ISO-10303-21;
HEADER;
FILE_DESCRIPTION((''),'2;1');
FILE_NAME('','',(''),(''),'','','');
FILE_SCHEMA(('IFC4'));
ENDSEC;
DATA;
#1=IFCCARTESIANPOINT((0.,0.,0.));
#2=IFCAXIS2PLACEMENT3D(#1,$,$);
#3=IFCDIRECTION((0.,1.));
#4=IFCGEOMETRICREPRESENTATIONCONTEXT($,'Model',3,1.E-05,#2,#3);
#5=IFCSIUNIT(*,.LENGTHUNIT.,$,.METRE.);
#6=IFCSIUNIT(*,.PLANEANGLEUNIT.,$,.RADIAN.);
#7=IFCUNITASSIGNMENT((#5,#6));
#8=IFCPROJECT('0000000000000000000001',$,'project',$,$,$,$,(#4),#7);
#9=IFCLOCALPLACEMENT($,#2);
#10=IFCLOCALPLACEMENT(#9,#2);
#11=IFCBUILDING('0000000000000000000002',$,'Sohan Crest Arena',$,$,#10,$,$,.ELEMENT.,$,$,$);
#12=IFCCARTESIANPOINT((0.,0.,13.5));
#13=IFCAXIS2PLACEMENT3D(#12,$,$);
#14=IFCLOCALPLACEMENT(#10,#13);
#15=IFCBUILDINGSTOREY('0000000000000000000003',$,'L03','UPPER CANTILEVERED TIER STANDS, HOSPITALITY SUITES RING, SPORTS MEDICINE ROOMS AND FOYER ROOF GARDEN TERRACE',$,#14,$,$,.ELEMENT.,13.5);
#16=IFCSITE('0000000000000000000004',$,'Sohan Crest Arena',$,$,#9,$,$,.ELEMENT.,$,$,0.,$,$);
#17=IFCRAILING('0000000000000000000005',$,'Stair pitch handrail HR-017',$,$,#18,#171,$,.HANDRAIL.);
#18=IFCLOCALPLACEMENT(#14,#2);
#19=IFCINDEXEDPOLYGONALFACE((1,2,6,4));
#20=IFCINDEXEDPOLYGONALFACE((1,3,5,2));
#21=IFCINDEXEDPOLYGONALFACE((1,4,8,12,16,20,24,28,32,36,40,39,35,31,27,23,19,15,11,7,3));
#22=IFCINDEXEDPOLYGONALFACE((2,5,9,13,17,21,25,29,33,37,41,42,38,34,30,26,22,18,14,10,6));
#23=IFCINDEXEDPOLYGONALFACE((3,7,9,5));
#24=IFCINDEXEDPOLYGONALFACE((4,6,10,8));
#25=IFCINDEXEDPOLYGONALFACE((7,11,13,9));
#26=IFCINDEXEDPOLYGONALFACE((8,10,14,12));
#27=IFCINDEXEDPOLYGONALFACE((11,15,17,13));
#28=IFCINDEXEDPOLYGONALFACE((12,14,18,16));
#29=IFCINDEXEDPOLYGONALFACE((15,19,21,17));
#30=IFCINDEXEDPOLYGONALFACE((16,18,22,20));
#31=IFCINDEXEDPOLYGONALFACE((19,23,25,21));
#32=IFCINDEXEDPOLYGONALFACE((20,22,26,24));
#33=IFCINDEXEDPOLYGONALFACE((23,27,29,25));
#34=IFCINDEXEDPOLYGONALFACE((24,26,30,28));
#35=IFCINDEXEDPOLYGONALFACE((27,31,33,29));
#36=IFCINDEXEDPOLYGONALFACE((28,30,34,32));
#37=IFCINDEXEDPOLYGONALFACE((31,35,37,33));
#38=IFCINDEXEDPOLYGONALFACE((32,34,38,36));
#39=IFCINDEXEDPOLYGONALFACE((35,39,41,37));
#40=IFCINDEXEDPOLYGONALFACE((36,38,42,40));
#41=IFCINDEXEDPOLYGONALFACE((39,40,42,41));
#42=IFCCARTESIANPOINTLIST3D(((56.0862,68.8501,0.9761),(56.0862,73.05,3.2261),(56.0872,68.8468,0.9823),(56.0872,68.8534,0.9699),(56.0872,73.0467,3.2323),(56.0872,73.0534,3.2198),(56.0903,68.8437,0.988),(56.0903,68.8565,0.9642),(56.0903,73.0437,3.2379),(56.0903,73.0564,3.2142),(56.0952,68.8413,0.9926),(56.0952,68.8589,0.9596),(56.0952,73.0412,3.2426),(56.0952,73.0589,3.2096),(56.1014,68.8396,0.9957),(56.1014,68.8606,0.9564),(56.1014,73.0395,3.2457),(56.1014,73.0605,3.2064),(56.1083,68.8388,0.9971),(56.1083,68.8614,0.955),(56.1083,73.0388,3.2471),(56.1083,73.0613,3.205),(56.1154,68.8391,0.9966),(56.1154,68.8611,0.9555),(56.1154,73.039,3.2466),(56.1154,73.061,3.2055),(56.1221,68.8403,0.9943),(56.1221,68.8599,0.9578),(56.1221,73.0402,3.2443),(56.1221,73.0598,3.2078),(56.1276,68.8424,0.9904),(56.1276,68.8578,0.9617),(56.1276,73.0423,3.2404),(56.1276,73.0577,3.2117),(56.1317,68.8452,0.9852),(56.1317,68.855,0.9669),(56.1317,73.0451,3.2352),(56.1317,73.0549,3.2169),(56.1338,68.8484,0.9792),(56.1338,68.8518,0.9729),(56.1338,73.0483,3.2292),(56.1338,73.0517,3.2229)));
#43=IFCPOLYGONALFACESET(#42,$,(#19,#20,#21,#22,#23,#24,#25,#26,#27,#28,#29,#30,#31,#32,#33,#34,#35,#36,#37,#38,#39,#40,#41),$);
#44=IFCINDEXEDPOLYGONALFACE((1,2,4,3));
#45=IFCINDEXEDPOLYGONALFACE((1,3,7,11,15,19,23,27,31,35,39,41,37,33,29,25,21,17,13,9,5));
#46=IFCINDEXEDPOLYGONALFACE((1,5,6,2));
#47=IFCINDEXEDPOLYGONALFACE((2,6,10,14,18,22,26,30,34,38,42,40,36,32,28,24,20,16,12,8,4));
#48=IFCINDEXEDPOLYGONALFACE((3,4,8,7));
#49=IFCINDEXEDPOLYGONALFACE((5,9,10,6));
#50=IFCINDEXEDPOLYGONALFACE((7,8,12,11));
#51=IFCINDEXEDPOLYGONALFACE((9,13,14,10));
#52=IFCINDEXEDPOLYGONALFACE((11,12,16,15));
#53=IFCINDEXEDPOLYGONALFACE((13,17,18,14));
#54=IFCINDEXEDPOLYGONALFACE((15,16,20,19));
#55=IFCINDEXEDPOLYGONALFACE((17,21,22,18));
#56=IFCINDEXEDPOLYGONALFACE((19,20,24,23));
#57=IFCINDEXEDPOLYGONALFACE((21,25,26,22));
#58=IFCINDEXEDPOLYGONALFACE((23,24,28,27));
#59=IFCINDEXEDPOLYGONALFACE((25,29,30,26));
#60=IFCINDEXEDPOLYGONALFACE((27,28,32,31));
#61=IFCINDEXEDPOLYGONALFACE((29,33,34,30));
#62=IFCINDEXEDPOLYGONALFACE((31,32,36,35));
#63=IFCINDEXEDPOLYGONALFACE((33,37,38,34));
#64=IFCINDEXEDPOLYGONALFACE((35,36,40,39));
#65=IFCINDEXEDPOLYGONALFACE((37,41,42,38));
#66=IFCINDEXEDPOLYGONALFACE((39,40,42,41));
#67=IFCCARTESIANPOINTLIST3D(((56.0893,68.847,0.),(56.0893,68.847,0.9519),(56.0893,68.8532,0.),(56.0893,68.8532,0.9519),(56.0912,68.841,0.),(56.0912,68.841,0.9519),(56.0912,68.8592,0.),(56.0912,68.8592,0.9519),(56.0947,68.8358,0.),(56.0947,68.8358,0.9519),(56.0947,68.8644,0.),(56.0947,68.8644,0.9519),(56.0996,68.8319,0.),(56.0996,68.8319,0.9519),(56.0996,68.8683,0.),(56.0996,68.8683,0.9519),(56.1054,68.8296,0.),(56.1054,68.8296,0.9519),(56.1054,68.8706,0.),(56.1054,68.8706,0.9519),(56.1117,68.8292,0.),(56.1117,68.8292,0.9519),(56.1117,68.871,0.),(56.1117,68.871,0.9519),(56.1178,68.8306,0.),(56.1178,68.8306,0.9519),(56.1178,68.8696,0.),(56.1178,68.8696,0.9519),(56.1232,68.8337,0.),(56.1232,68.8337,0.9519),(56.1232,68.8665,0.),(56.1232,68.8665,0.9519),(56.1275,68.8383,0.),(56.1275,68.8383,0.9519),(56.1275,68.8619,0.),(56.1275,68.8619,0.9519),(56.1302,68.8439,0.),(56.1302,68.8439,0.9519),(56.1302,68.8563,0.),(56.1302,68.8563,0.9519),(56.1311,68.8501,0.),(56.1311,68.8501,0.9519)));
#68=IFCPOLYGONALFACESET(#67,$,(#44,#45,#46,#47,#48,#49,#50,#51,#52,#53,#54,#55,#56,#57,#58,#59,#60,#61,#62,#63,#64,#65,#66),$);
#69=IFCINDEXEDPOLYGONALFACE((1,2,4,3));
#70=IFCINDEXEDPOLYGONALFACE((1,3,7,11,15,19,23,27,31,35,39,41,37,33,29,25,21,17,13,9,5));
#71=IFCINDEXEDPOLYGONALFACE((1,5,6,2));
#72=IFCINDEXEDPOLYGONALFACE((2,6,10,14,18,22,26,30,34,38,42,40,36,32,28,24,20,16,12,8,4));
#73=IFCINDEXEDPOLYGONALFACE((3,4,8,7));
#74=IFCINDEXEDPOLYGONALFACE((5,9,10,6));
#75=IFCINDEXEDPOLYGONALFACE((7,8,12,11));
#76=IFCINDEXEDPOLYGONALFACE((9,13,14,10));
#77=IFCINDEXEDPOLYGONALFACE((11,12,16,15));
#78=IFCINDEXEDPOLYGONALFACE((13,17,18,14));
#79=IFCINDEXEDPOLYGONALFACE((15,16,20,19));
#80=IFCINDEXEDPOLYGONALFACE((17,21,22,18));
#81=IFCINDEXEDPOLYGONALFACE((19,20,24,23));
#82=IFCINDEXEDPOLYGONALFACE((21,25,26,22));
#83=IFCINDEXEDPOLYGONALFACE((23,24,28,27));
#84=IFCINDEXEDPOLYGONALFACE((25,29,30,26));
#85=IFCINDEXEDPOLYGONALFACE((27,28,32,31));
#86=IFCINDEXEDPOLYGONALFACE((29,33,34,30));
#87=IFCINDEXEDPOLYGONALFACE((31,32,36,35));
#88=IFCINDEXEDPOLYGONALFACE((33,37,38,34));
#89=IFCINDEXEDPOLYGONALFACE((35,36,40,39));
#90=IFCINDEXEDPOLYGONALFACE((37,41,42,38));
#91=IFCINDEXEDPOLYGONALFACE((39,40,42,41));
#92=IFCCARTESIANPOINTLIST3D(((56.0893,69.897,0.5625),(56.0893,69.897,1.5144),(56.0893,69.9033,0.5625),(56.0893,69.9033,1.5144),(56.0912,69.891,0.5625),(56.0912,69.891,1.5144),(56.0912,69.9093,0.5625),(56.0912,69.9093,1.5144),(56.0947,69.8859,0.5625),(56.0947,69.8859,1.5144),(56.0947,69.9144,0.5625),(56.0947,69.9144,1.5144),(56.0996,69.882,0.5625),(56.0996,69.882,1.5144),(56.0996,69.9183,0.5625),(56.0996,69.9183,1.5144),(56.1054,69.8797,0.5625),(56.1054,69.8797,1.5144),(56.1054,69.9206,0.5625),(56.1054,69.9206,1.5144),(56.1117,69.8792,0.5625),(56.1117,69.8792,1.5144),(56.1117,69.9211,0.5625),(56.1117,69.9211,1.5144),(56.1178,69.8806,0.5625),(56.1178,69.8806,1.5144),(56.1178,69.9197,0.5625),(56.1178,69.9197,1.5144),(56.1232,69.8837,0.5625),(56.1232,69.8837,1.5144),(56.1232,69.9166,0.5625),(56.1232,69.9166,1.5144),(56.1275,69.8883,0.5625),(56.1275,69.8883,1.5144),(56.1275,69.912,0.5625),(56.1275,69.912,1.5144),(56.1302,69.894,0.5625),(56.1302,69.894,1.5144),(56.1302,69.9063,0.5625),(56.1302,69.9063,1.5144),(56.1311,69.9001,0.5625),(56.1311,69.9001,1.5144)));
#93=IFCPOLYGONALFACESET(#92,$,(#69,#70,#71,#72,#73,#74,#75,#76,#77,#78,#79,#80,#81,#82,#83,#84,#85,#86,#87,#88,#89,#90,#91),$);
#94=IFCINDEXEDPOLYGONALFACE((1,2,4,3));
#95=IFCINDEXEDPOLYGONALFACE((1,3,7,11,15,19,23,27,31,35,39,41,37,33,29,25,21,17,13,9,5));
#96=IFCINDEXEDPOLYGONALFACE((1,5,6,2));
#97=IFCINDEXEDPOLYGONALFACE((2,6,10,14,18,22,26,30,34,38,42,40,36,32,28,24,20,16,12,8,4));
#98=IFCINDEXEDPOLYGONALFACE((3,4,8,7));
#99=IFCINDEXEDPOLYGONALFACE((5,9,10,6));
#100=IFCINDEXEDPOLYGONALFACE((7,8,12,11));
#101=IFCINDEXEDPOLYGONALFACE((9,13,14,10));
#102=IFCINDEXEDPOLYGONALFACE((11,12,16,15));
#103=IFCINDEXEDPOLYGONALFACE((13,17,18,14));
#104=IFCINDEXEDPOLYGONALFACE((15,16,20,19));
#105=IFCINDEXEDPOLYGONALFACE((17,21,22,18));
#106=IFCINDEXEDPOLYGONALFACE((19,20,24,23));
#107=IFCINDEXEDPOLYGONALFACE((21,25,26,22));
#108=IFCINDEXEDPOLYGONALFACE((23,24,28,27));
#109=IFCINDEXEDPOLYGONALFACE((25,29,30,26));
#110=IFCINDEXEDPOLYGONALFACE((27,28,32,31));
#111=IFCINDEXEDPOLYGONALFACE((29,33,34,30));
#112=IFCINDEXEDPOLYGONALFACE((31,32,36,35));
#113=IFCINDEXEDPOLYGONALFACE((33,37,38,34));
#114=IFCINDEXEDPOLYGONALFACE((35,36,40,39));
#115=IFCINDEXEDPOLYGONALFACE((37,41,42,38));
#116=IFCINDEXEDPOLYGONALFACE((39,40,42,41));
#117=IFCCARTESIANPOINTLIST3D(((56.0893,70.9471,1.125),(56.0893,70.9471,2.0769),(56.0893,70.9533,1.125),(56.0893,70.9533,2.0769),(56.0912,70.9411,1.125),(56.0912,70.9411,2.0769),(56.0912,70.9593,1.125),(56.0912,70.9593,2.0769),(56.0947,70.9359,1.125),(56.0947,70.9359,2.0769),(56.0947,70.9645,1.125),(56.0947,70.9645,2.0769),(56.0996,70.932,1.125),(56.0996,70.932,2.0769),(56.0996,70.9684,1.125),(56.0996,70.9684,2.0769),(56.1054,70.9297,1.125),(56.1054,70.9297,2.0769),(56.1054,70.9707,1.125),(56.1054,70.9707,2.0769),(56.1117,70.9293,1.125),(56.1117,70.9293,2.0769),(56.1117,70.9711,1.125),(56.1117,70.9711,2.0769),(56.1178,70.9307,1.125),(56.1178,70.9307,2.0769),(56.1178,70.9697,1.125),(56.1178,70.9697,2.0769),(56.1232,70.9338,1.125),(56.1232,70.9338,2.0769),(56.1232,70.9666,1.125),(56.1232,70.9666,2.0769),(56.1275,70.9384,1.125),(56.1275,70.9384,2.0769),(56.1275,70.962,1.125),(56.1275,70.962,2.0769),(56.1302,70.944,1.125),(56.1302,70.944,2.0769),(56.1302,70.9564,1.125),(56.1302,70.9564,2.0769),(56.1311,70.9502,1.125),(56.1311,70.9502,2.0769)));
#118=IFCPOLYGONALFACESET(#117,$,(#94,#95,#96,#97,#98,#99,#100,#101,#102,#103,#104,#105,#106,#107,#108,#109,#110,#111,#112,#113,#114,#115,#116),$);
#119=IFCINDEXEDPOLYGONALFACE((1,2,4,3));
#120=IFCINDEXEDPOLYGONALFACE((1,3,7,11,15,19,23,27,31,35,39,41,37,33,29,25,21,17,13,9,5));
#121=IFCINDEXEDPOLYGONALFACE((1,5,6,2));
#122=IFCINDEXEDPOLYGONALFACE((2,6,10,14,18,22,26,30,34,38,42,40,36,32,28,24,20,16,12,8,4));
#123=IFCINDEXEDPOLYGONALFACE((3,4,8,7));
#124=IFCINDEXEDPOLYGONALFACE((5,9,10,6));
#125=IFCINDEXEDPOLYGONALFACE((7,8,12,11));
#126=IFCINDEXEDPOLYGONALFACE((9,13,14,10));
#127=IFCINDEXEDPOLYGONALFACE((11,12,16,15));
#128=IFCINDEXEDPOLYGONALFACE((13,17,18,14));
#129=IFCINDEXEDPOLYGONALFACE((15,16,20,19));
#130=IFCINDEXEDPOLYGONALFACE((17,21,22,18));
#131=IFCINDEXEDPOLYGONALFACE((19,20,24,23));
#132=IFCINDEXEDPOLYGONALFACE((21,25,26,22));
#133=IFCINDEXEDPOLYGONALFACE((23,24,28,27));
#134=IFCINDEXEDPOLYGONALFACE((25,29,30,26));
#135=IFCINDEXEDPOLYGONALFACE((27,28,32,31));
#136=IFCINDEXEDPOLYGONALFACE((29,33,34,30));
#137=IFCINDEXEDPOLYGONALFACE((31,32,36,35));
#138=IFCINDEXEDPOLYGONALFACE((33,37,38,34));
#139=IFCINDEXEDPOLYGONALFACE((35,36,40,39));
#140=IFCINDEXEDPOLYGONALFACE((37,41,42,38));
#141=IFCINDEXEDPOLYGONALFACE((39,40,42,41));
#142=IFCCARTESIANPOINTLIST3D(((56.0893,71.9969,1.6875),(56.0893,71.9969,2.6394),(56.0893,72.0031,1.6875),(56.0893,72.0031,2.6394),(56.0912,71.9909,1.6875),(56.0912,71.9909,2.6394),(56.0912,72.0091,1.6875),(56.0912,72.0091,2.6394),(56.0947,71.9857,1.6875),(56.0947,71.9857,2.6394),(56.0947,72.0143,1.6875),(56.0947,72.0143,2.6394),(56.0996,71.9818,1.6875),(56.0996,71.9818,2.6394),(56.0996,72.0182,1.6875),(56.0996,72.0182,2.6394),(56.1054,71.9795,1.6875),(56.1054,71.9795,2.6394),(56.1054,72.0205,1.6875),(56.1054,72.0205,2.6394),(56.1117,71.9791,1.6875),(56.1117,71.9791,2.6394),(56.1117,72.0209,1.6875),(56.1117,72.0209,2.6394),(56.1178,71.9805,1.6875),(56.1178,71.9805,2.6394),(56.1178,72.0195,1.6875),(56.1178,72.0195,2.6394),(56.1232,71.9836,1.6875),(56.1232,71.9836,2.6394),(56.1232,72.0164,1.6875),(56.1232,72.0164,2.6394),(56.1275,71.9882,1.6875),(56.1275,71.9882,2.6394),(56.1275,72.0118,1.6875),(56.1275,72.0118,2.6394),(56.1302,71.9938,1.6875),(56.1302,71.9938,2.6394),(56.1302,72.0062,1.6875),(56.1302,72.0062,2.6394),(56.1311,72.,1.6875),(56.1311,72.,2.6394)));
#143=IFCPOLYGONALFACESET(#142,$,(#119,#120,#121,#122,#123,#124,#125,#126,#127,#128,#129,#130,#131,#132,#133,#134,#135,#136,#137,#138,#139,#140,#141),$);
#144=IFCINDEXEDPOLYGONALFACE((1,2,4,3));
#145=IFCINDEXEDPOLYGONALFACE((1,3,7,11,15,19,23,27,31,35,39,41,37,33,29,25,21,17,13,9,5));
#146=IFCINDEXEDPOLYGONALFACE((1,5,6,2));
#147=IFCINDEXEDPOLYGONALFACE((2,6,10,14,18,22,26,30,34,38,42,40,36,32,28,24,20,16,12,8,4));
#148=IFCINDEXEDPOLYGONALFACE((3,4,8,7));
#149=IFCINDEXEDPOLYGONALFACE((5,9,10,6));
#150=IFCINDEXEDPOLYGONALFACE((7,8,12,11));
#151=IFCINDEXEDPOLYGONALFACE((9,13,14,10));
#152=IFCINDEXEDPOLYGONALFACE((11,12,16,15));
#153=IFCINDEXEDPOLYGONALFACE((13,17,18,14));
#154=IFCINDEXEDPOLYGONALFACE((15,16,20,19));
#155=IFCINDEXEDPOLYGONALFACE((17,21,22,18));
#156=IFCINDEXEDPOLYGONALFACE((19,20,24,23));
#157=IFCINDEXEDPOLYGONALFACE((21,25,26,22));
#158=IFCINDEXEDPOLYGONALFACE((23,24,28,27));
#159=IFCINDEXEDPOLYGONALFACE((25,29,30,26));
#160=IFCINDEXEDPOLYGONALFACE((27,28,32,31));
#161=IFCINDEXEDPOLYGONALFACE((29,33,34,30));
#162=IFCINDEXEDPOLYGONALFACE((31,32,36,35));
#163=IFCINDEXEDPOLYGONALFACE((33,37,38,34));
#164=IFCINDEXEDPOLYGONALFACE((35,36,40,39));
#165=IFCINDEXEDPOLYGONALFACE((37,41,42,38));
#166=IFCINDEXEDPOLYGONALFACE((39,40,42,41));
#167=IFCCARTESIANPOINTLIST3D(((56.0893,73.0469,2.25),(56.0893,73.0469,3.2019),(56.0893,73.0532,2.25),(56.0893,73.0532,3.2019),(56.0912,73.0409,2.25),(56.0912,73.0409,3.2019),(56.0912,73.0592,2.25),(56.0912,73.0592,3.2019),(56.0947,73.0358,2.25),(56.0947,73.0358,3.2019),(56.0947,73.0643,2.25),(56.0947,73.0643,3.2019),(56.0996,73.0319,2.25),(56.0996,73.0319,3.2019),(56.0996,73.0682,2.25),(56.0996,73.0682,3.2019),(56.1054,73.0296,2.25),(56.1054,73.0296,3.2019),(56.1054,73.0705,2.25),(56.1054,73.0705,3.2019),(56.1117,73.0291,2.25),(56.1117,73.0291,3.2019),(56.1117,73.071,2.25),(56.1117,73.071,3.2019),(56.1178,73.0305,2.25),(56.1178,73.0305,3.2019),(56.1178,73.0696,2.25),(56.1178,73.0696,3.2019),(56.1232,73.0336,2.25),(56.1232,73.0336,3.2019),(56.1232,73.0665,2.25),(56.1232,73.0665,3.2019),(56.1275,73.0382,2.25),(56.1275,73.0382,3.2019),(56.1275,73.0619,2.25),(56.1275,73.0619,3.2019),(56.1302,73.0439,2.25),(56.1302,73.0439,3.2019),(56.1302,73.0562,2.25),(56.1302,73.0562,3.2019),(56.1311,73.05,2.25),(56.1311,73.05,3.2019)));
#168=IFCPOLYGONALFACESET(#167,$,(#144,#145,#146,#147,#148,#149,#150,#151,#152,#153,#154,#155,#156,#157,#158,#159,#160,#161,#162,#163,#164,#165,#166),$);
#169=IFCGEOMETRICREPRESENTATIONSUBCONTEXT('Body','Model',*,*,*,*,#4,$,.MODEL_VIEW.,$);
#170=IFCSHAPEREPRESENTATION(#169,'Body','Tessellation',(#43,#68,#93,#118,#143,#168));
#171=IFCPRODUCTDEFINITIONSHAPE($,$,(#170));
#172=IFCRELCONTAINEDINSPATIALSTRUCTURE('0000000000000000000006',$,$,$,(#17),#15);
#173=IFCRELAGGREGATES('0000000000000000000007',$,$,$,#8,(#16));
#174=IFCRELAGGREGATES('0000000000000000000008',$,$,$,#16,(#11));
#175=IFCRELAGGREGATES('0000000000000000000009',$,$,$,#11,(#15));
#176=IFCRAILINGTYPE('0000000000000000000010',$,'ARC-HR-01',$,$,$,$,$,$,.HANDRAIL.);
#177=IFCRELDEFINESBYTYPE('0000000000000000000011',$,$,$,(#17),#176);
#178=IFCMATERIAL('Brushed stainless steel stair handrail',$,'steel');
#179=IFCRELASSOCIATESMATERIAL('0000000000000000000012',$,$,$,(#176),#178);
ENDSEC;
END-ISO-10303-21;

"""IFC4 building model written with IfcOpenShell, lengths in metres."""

from ifc_helpers import new_model, si_unit, direction, frame, origin, origin_2d, place, context, subcontext, project, spatial, circle, extrude, material, type_object, element, save


model = new_model("IFC4")

# Units and contexts
model_context = context("Model", 3, precision=1e-05, world=origin(), true_north=direction((0.0, 1.0)))
body_context = subcontext(model_context, "Body", "Model", "MODEL_VIEW")
ifc_project = project(units=[si_unit("LENGTHUNIT", "METRE"), si_unit("PLANEANGLEUNIT", "RADIAN")], contexts=[model_context])

# Site, building, storey
site_placement = place(None, origin())
site = spatial("IfcSite", under=ifc_project, at=site_placement, Name="Sohan Crest Arena", CompositionType="ELEMENT", RefElevation=0.0)
building_placement = place(site_placement, origin())
building = spatial("IfcBuilding", under=site, at=building_placement, Name="Sohan Crest Arena", CompositionType="ELEMENT")
storey_placement = place(building_placement, frame((0.0, 0.0, 13.5)))
storey = spatial("IfcBuildingStorey", under=building, at=storey_placement, Name="L03", Description="UPPER CANTILEVERED TIER STANDS, HOSPITALITY SUITES RING, SPORTS MEDICINE ROOMS AND FOYER ROOF GARDEN TERRACE", CompositionType="ELEMENT", Elevation=13.5)

# Railing
ifc_material_1 = material(Name="Brushed stainless steel stair handrail", Category="steel")
railing_type_1 = type_object("IfcRailingType", Name="ARC-HR-01", PredefinedType="HANDRAIL", material=ifc_material_1)
for number, where, name in (
    (1, (56.1101, 68.8501, 0.0), "Stair pitch handrail HR-017"),
):
    element("IfcRailing", number, at=place(storey_placement, frame(where)), inside=storey, type_object=railing_type_1, Name=name, PredefinedType="HANDRAIL", context=body_context, shape_type="SweptSolid", body=[
        extrude(circle(Radius=0.0239, at=origin_2d()), frame((0.0, 0.0, 0.9761), z_axis=(0.0, 0.881478, 0.472226), x_axis=(-1.0, 0.0, 0.0)), (0.0, 0.0, 1.0), 4.7646),
        extrude(circle(Radius=0.021, at=origin_2d()), origin(), (0.0, 0.0, 1.0), 0.9519),
        extrude(circle(Radius=0.021, at=origin_2d()), frame((0.0, 1.05, 0.5625)), (0.0, 0.0, 1.0), 0.9519),
        extrude(circle(Radius=0.021, at=origin_2d()), frame((0.0, 2.1001, 1.125)), (0.0, 0.0, 1.0), 0.9519),
        extrude(circle(Radius=0.021, at=origin_2d()), frame((0.0, 3.1499, 1.6875)), (0.0, 0.0, 1.0), 0.9519),
        extrude(circle(Radius=0.021, at=origin_2d()), frame((0.0, 4.2, 2.25)), (0.0, 0.0, 1.0), 0.9519),
    ])

save(model, "model.ifc")
